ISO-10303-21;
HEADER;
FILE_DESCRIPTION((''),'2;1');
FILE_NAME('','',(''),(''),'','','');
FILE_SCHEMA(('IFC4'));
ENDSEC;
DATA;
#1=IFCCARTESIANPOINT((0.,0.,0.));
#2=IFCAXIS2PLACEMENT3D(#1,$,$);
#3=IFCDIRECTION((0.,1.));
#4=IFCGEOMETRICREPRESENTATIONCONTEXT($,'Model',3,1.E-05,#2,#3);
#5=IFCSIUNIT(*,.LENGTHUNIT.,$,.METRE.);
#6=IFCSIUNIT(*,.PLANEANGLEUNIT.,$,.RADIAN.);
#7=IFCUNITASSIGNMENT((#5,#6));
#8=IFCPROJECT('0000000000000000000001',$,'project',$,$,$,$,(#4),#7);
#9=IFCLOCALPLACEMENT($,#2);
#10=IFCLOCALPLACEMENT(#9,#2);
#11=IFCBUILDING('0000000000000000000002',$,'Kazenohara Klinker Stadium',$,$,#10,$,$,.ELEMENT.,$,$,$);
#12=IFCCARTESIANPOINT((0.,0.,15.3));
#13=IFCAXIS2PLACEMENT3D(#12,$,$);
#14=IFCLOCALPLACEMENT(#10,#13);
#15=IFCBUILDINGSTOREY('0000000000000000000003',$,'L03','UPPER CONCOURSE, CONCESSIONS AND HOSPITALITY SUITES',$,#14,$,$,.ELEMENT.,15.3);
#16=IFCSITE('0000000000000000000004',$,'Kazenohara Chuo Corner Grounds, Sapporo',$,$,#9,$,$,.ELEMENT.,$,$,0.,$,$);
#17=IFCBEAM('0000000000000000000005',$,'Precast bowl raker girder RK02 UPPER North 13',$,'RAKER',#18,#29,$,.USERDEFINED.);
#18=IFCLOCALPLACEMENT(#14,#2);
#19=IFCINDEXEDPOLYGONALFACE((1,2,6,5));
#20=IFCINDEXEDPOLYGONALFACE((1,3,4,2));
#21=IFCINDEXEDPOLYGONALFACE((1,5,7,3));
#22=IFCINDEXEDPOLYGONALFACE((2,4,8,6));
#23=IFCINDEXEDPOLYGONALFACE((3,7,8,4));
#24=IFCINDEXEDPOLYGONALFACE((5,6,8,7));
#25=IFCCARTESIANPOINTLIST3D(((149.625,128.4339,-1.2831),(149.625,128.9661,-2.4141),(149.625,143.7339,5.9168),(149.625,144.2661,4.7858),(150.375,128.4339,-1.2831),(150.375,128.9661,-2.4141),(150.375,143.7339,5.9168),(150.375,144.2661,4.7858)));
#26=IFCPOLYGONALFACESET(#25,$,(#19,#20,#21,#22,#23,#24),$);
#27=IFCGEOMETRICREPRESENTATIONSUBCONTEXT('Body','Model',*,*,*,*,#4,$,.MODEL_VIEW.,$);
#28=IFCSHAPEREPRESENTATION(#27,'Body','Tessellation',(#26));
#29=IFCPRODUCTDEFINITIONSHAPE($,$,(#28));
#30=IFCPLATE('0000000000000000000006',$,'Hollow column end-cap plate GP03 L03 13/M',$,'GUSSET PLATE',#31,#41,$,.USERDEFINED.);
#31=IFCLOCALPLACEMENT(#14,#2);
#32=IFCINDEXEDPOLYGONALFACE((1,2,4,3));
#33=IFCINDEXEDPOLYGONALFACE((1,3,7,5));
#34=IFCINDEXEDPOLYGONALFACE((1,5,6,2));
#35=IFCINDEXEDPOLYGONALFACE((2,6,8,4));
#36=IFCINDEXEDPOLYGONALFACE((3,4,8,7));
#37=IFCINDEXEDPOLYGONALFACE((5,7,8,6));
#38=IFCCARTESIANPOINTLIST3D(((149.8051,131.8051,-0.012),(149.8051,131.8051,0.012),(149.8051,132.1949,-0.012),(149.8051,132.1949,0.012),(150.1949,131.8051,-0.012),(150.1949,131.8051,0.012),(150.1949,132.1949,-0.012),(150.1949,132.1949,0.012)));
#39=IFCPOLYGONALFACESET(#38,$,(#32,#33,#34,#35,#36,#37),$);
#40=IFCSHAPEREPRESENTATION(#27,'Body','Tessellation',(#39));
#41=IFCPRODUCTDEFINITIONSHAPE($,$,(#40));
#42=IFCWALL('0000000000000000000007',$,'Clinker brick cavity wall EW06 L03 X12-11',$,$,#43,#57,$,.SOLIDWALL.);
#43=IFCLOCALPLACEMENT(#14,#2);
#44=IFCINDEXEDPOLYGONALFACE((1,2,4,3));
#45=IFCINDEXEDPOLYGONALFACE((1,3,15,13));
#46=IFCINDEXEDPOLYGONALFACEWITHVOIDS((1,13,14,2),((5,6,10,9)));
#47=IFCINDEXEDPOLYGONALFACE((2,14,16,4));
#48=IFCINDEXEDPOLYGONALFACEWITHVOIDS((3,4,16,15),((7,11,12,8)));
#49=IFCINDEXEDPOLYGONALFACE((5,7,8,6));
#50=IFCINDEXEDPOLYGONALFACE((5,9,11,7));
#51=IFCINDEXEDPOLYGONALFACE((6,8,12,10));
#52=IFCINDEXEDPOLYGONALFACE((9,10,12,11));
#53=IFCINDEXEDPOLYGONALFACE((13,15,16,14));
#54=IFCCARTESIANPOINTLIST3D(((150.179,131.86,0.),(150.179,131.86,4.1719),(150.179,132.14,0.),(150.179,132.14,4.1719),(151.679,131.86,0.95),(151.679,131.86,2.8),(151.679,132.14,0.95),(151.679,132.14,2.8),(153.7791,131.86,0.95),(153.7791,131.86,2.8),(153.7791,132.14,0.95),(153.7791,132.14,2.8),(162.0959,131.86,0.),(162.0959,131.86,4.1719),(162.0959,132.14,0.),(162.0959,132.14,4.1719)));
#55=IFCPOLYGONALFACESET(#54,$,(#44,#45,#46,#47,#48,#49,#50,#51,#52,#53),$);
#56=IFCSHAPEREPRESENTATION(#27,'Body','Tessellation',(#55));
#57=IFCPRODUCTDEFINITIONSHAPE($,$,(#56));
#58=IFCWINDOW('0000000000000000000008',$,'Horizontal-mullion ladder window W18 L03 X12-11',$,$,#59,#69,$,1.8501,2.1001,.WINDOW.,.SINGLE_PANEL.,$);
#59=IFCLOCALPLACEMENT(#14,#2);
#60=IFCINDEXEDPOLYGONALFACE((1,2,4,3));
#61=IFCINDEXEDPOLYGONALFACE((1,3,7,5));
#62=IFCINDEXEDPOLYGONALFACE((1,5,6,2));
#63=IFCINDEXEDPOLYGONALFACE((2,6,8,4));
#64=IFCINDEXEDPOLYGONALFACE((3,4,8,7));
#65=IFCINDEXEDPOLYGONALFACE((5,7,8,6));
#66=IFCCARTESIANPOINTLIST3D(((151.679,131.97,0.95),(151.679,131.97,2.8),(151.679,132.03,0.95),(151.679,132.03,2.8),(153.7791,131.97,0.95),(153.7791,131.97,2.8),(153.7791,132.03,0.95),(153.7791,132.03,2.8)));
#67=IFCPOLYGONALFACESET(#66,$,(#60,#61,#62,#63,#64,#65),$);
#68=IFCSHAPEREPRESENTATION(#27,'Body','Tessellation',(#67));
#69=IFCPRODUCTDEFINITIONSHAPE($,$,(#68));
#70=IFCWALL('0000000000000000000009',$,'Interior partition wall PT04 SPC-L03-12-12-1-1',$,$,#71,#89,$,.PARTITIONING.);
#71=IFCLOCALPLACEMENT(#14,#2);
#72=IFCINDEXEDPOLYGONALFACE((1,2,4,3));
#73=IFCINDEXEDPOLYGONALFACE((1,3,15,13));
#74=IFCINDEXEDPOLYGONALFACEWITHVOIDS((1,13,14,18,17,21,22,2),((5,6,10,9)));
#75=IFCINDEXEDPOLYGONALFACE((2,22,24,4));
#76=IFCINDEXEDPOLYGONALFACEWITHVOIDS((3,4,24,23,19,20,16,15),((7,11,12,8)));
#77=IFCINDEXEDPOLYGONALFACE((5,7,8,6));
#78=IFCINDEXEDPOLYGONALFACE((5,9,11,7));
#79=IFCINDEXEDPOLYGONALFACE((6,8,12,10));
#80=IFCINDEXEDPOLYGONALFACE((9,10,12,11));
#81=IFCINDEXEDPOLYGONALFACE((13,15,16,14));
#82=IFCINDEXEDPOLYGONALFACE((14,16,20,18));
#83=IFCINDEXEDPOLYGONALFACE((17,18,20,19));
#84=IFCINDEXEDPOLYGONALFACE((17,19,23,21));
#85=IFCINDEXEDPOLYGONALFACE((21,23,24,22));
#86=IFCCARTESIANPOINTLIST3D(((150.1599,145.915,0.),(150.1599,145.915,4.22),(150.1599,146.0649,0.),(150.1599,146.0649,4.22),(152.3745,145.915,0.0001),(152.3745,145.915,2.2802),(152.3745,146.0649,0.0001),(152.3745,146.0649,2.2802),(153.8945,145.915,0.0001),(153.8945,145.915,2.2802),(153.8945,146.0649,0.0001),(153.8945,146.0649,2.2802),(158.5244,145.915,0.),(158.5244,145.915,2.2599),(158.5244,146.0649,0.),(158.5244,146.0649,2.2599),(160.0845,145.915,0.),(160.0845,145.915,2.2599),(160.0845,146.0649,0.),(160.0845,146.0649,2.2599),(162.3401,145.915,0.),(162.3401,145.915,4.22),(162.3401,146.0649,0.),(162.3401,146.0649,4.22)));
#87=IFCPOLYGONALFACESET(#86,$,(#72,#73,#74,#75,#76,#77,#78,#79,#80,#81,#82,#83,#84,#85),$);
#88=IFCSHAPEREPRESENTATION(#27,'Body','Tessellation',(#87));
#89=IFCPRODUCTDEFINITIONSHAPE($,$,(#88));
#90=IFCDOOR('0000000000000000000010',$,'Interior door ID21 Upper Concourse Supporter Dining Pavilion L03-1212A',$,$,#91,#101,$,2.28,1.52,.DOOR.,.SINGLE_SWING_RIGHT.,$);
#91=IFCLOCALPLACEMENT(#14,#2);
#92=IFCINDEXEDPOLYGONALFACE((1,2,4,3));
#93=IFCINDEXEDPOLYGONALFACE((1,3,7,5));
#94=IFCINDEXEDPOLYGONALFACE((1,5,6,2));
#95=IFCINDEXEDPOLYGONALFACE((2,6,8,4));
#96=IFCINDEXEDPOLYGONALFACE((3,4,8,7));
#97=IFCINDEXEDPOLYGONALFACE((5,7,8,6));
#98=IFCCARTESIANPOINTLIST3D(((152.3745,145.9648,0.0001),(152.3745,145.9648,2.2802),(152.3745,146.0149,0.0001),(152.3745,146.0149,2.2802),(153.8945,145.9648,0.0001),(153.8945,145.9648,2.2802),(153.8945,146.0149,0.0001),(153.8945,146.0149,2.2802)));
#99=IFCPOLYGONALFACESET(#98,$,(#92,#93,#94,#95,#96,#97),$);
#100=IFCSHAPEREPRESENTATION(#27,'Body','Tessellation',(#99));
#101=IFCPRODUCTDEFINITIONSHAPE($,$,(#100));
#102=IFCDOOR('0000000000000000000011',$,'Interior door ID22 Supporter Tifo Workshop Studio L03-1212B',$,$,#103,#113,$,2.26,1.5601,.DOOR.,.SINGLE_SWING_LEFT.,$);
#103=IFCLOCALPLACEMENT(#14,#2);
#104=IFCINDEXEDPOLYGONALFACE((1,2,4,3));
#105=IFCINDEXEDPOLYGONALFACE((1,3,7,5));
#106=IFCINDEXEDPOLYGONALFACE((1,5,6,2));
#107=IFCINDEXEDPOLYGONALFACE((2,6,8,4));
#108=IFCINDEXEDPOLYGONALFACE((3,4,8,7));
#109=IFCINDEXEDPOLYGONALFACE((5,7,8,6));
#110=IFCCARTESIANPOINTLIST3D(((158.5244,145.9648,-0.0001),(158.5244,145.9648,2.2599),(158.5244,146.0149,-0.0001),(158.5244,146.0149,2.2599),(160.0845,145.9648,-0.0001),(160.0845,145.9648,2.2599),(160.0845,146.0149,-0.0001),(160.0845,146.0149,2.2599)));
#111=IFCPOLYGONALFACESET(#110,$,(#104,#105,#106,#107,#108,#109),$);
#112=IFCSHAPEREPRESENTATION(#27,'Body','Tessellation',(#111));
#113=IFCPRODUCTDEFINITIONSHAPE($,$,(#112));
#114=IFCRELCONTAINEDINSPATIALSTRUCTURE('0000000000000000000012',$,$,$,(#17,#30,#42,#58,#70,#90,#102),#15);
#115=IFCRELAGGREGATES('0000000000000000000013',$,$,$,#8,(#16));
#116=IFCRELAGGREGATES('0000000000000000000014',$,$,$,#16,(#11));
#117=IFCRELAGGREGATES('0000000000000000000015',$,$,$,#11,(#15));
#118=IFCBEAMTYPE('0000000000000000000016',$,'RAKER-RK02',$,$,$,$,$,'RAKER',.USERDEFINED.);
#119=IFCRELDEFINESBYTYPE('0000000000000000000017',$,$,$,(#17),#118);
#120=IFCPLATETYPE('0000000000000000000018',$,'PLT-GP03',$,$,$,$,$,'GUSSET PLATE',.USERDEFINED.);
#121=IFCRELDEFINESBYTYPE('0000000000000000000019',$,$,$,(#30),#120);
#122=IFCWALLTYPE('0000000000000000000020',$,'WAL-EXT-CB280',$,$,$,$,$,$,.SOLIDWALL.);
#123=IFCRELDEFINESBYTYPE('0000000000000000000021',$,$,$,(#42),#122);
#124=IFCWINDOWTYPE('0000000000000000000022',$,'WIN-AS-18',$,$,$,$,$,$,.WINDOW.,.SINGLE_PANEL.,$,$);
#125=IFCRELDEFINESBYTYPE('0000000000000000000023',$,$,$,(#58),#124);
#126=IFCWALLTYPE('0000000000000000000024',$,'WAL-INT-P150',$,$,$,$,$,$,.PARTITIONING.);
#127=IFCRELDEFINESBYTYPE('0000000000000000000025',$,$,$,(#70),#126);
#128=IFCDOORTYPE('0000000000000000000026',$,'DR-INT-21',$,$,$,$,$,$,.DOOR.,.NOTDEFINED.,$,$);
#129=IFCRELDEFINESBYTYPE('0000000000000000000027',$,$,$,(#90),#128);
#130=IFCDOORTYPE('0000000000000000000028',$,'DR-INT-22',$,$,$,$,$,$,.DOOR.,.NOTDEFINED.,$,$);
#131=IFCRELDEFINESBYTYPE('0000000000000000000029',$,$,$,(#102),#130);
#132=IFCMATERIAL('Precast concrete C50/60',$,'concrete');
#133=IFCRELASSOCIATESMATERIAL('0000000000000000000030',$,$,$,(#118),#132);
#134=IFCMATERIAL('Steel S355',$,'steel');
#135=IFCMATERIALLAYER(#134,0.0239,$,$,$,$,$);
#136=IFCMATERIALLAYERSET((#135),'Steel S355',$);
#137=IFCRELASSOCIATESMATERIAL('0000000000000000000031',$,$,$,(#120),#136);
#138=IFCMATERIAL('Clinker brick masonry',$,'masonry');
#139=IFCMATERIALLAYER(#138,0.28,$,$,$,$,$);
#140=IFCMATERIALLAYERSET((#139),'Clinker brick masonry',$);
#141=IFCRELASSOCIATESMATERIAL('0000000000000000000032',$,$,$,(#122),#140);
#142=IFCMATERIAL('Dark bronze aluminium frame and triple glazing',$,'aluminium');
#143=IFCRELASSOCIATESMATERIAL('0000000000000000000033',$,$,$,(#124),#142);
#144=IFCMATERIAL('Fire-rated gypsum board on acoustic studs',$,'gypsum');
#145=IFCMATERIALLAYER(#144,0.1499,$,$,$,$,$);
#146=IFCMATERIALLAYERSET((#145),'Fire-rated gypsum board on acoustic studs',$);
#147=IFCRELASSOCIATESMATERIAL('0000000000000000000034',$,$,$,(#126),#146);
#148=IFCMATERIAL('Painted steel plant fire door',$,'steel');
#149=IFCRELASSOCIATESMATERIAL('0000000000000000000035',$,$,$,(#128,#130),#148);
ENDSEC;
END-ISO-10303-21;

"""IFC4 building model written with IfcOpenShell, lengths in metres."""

from ifc_helpers import new_model, si_unit, direction, frame, frame_2d, origin, origin_2d, place, context, subcontext, project, spatial, rectangle, extrude, material, layer, layer_set, material_profile, profile_set, type_object, element, fill, save


model = new_model("IFC4")

# Units and contexts
model_context = context("Model", 3, precision=1e-05, world=origin(), true_north=direction((0.0, 1.0)))
body_context = subcontext(model_context, "Body", "Model", "MODEL_VIEW")
ifc_project = project(units=[si_unit("LENGTHUNIT", "METRE"), si_unit("PLANEANGLEUNIT", "RADIAN")], contexts=[model_context])

# Site, building, storey
site_placement = place(None, origin())
site = spatial("IfcSite", under=ifc_project, at=site_placement, Name="Kazenohara Chuo Corner Grounds, Sapporo", CompositionType="ELEMENT", RefElevation=0.0)
building_placement = place(site_placement, origin())
building = spatial("IfcBuilding", under=site, at=building_placement, Name="Kazenohara Klinker Stadium", CompositionType="ELEMENT")
storey_placement = place(building_placement, frame((0.0, 0.0, 15.3)))
storey = spatial("IfcBuildingStorey", under=building, at=storey_placement, Name="L03", Description="UPPER CONCOURSE, CONCESSIONS AND HOSPITALITY SUITES", CompositionType="ELEMENT", Elevation=15.3)

# Shared definitions
ifc_material_1 = material(Name="Steel S355", Category="steel")

# Beam
ifc_material_2 = material(Name="Precast concrete C50/60", Category="concrete")
ifc_material_profile_1 = material_profile(ifc_material_2, rectangle(XDim=0.75, YDim=1.25, at=origin_2d()), Name="PC-RAKER-750x1250")
ifc_profile_set_1 = profile_set([ifc_material_profile_1], Name="Precast concrete C50/60")
beam_type_1 = type_object("IfcBeamType", Name="RAKER-RK02", ElementType="RAKER", PredefinedType="USERDEFINED", material=ifc_profile_set_1)
beam_1_placement = place(storey_placement, frame((150.0, 144.0, 5.3513), z_axis=(0.0, -0.90482, -0.425794), x_axis=(1.0, 0.0, 0.0)))
element("IfcBeam", 1, at=beam_1_placement, inside=storey, type_object=beam_type_1, Name="Precast bowl raker girder RK02 UPPER North 13", ObjectType="RAKER", PredefinedType="USERDEFINED", context=body_context, shape_type="SweptSolid", body=[
    extrude(rectangle(XDim=0.75, YDim=1.25, at=origin_2d()), origin(), (0.0, 0.0, 1.0), 16.9094),
])

# Plate
ifc_layer_1 = layer(ifc_material_1, 0.0239)
ifc_layer_set_1 = layer_set([ifc_layer_1], Name="Steel S355")
plate_type = type_object("IfcPlateType", Name="PLT-GP03", ElementType="GUSSET PLATE", PredefinedType="USERDEFINED", material=ifc_layer_set_1)
plate_placement = place(storey_placement, frame((150.0, 132.0, -0.012), z_axis=(0.0, 0.0, 1.0), x_axis=(1.0, 0.0, 0.0)))
element("IfcPlate", 2, at=plate_placement, inside=storey, type_object=plate_type, Name="Hollow column end-cap plate GP03 L03 13/M", ObjectType="GUSSET PLATE", PredefinedType="USERDEFINED", context=body_context, shape_type="SweptSolid", body=[
    extrude(rectangle(XDim=0.3899, YDim=0.3899, at=origin_2d()), origin(), (0.0, 0.0, 1.0), 0.0239),
])

# Wall, opening, window
ifc_material_3 = material(Name="Clinker brick masonry", Category="masonry")
ifc_layer_2 = layer(ifc_material_3, 0.28)
ifc_layer_set_2 = layer_set([ifc_layer_2], Name="Clinker brick masonry")
wall_type_1 = type_object("IfcWallType", Name="WAL-EXT-CB280", PredefinedType="SOLIDWALL", material=ifc_layer_set_2)
wall_1_placement = place(storey_placement, frame((150.179, 132.0, 0.0), z_axis=(0.0, 0.0, 1.0), x_axis=(1.0, 0.0, 0.0)))
wall_1 = element("IfcWall", 3, at=wall_1_placement, inside=storey, type_object=wall_type_1, Name="Clinker brick cavity wall EW06 L03 X12-11", PredefinedType="SOLIDWALL", context=body_context, shape_type="SweptSolid", body=[
    extrude(rectangle(XDim=11.917, YDim=0.28, at=frame_2d((5.9585, 0.0))), origin(), (0.0, 0.0, 1.0), 4.1719),
])
opening_1_placement = place(wall_1_placement, frame((1.5, 0.0, 0.95)))
opening_1 = element("IfcOpeningElement", 4, at=opening_1_placement, cuts=wall_1, PredefinedType="OPENING", context=body_context, shape_type="SweptSolid", body=[
    extrude(rectangle(XDim=2.1001, YDim=1.8501, at=frame_2d((1.05, 0.925))), frame((0.0, 0.1499, 0.0), z_axis=(0.0, -1.0, 0.0), x_axis=(1.0, 0.0, 0.0)), (0.0, 0.0, 1.0), 0.3),
])
ifc_material_4 = material(Name="Dark bronze aluminium frame and triple glazing", Category="aluminium")
window_type = type_object("IfcWindowType", Name="WIN-AS-18", PartitioningType="SINGLE_PANEL", PredefinedType="WINDOW", material=ifc_material_4)
window_placement = place(opening_1_placement, origin())
window = element("IfcWindow", 5, at=window_placement, inside=storey, type_object=window_type, Name="Horizontal-mullion ladder window W18 L03 X12-11", OverallHeight=1.8501, OverallWidth=2.1001, PartitioningType="SINGLE_PANEL", PredefinedType="WINDOW", context=body_context, shape_type="SweptSolid", body=[
    extrude(rectangle(XDim=2.1001, YDim=1.8501, at=frame_2d((1.05, 0.925))), frame((0.0, 0.03, 0.0), z_axis=(0.0, -1.0, 0.0), x_axis=(1.0, 0.0, 0.0)), (0.0, 0.0, 1.0), 0.0601),
])
fill(opening_1, window)

# Wall, openings, doors
ifc_material_5 = material(Name="Fire-rated gypsum board on acoustic studs", Category="gypsum")
ifc_layer_3 = layer(ifc_material_5, 0.1499)
ifc_layer_set_3 = layer_set([ifc_layer_3], Name="Fire-rated gypsum board on acoustic studs")
wall_type_2 = type_object("IfcWallType", Name="WAL-INT-P150", PredefinedType="PARTITIONING", material=ifc_layer_set_3)
wall_2_placement = place(storey_placement, frame((150.1599, 145.99, 0.0), z_axis=(0.0, 0.0, 1.0), x_axis=(1.0, 0.0, 0.0)))
wall_2 = element("IfcWall", 6, at=wall_2_placement, inside=storey, type_object=wall_type_2, Name="Interior partition wall PT04 SPC-L03-12-12-1-1", PredefinedType="PARTITIONING", context=body_context, shape_type="SweptSolid", body=[
    extrude(rectangle(XDim=12.1802, YDim=0.1499, at=frame_2d((6.0901, 0.0))), origin(), (0.0, 0.0, 1.0), 4.22),
])
opening_2_placement = place(wall_2_placement, frame((2.2146, 0.0, 0.0)))
opening_2 = element("IfcOpeningElement", 7, at=opening_2_placement, cuts=wall_2, PredefinedType="OPENING", context=body_context, shape_type="SweptSolid", body=[
    extrude(rectangle(XDim=1.52, YDim=2.28, at=frame_2d((0.76, 1.1401))), frame((0.0, 0.085, 0.0), z_axis=(0.0, -1.0, 0.0), x_axis=(1.0, 0.0, 0.0)), (0.0, 0.0, 1.0), 0.1699),
])
opening_3_placement = place(wall_2_placement, frame((8.3645, 0.0, 0.0)))
opening_3 = element("IfcOpeningElement", 8, at=opening_3_placement, cuts=wall_2, PredefinedType="OPENING", context=body_context, shape_type="SweptSolid", body=[
    extrude(rectangle(XDim=1.5601, YDim=2.26, at=frame_2d((0.78, 1.1299))), frame((0.0, 0.085, 0.0), z_axis=(0.0, -1.0, 0.0), x_axis=(1.0, 0.0, 0.0)), (0.0, 0.0, 1.0), 0.1699),
])
ifc_material_6 = material(Name="Painted steel plant fire door", Category="steel")
door_type_1 = type_object("IfcDoorType", Name="DR-INT-21", OperationType="NOTDEFINED", PredefinedType="DOOR", material=ifc_material_6)
door_1_placement = place(opening_2_placement, origin())
door_1 = element("IfcDoor", 9, at=door_1_placement, inside=storey, type_object=door_type_1, Name="Interior door ID21 Upper Concourse Supporter Dining Pavilion L03-1212A", OperationType="SINGLE_SWING_RIGHT", OverallHeight=2.28, OverallWidth=1.52, PredefinedType="DOOR", context=body_context, shape_type="SweptSolid", body=[
    extrude(rectangle(XDim=1.52, YDim=2.28, at=frame_2d((0.76, 1.1401))), frame((0.0, 0.0249, 0.0), z_axis=(0.0, -1.0, 0.0), x_axis=(1.0, 0.0, 0.0)), (0.0, 0.0, 1.0), 0.05),
])
fill(opening_2, door_1)
door_type_2 = type_object("IfcDoorType", Name="DR-INT-22", OperationType="NOTDEFINED", PredefinedType="DOOR", material=ifc_material_6)
door_2_placement = place(opening_3_placement, origin())
door_2 = element("IfcDoor", 10, at=door_2_placement, inside=storey, type_object=door_type_2, Name="Interior door ID22 Supporter Tifo Workshop Studio L03-1212B", OperationType="SINGLE_SWING_LEFT", OverallHeight=2.26, OverallWidth=1.5601, PredefinedType="DOOR", context=body_context, shape_type="SweptSolid", body=[
    extrude(rectangle(XDim=1.5601, YDim=2.26, at=frame_2d((0.78, 1.1299))), frame((0.0, 0.0249, 0.0), z_axis=(0.0, -1.0, 0.0), x_axis=(1.0, 0.0, 0.0)), (0.0, 0.0, 1.0), 0.05),
])
fill(opening_3, door_2)

save(model, "model.ifc")
